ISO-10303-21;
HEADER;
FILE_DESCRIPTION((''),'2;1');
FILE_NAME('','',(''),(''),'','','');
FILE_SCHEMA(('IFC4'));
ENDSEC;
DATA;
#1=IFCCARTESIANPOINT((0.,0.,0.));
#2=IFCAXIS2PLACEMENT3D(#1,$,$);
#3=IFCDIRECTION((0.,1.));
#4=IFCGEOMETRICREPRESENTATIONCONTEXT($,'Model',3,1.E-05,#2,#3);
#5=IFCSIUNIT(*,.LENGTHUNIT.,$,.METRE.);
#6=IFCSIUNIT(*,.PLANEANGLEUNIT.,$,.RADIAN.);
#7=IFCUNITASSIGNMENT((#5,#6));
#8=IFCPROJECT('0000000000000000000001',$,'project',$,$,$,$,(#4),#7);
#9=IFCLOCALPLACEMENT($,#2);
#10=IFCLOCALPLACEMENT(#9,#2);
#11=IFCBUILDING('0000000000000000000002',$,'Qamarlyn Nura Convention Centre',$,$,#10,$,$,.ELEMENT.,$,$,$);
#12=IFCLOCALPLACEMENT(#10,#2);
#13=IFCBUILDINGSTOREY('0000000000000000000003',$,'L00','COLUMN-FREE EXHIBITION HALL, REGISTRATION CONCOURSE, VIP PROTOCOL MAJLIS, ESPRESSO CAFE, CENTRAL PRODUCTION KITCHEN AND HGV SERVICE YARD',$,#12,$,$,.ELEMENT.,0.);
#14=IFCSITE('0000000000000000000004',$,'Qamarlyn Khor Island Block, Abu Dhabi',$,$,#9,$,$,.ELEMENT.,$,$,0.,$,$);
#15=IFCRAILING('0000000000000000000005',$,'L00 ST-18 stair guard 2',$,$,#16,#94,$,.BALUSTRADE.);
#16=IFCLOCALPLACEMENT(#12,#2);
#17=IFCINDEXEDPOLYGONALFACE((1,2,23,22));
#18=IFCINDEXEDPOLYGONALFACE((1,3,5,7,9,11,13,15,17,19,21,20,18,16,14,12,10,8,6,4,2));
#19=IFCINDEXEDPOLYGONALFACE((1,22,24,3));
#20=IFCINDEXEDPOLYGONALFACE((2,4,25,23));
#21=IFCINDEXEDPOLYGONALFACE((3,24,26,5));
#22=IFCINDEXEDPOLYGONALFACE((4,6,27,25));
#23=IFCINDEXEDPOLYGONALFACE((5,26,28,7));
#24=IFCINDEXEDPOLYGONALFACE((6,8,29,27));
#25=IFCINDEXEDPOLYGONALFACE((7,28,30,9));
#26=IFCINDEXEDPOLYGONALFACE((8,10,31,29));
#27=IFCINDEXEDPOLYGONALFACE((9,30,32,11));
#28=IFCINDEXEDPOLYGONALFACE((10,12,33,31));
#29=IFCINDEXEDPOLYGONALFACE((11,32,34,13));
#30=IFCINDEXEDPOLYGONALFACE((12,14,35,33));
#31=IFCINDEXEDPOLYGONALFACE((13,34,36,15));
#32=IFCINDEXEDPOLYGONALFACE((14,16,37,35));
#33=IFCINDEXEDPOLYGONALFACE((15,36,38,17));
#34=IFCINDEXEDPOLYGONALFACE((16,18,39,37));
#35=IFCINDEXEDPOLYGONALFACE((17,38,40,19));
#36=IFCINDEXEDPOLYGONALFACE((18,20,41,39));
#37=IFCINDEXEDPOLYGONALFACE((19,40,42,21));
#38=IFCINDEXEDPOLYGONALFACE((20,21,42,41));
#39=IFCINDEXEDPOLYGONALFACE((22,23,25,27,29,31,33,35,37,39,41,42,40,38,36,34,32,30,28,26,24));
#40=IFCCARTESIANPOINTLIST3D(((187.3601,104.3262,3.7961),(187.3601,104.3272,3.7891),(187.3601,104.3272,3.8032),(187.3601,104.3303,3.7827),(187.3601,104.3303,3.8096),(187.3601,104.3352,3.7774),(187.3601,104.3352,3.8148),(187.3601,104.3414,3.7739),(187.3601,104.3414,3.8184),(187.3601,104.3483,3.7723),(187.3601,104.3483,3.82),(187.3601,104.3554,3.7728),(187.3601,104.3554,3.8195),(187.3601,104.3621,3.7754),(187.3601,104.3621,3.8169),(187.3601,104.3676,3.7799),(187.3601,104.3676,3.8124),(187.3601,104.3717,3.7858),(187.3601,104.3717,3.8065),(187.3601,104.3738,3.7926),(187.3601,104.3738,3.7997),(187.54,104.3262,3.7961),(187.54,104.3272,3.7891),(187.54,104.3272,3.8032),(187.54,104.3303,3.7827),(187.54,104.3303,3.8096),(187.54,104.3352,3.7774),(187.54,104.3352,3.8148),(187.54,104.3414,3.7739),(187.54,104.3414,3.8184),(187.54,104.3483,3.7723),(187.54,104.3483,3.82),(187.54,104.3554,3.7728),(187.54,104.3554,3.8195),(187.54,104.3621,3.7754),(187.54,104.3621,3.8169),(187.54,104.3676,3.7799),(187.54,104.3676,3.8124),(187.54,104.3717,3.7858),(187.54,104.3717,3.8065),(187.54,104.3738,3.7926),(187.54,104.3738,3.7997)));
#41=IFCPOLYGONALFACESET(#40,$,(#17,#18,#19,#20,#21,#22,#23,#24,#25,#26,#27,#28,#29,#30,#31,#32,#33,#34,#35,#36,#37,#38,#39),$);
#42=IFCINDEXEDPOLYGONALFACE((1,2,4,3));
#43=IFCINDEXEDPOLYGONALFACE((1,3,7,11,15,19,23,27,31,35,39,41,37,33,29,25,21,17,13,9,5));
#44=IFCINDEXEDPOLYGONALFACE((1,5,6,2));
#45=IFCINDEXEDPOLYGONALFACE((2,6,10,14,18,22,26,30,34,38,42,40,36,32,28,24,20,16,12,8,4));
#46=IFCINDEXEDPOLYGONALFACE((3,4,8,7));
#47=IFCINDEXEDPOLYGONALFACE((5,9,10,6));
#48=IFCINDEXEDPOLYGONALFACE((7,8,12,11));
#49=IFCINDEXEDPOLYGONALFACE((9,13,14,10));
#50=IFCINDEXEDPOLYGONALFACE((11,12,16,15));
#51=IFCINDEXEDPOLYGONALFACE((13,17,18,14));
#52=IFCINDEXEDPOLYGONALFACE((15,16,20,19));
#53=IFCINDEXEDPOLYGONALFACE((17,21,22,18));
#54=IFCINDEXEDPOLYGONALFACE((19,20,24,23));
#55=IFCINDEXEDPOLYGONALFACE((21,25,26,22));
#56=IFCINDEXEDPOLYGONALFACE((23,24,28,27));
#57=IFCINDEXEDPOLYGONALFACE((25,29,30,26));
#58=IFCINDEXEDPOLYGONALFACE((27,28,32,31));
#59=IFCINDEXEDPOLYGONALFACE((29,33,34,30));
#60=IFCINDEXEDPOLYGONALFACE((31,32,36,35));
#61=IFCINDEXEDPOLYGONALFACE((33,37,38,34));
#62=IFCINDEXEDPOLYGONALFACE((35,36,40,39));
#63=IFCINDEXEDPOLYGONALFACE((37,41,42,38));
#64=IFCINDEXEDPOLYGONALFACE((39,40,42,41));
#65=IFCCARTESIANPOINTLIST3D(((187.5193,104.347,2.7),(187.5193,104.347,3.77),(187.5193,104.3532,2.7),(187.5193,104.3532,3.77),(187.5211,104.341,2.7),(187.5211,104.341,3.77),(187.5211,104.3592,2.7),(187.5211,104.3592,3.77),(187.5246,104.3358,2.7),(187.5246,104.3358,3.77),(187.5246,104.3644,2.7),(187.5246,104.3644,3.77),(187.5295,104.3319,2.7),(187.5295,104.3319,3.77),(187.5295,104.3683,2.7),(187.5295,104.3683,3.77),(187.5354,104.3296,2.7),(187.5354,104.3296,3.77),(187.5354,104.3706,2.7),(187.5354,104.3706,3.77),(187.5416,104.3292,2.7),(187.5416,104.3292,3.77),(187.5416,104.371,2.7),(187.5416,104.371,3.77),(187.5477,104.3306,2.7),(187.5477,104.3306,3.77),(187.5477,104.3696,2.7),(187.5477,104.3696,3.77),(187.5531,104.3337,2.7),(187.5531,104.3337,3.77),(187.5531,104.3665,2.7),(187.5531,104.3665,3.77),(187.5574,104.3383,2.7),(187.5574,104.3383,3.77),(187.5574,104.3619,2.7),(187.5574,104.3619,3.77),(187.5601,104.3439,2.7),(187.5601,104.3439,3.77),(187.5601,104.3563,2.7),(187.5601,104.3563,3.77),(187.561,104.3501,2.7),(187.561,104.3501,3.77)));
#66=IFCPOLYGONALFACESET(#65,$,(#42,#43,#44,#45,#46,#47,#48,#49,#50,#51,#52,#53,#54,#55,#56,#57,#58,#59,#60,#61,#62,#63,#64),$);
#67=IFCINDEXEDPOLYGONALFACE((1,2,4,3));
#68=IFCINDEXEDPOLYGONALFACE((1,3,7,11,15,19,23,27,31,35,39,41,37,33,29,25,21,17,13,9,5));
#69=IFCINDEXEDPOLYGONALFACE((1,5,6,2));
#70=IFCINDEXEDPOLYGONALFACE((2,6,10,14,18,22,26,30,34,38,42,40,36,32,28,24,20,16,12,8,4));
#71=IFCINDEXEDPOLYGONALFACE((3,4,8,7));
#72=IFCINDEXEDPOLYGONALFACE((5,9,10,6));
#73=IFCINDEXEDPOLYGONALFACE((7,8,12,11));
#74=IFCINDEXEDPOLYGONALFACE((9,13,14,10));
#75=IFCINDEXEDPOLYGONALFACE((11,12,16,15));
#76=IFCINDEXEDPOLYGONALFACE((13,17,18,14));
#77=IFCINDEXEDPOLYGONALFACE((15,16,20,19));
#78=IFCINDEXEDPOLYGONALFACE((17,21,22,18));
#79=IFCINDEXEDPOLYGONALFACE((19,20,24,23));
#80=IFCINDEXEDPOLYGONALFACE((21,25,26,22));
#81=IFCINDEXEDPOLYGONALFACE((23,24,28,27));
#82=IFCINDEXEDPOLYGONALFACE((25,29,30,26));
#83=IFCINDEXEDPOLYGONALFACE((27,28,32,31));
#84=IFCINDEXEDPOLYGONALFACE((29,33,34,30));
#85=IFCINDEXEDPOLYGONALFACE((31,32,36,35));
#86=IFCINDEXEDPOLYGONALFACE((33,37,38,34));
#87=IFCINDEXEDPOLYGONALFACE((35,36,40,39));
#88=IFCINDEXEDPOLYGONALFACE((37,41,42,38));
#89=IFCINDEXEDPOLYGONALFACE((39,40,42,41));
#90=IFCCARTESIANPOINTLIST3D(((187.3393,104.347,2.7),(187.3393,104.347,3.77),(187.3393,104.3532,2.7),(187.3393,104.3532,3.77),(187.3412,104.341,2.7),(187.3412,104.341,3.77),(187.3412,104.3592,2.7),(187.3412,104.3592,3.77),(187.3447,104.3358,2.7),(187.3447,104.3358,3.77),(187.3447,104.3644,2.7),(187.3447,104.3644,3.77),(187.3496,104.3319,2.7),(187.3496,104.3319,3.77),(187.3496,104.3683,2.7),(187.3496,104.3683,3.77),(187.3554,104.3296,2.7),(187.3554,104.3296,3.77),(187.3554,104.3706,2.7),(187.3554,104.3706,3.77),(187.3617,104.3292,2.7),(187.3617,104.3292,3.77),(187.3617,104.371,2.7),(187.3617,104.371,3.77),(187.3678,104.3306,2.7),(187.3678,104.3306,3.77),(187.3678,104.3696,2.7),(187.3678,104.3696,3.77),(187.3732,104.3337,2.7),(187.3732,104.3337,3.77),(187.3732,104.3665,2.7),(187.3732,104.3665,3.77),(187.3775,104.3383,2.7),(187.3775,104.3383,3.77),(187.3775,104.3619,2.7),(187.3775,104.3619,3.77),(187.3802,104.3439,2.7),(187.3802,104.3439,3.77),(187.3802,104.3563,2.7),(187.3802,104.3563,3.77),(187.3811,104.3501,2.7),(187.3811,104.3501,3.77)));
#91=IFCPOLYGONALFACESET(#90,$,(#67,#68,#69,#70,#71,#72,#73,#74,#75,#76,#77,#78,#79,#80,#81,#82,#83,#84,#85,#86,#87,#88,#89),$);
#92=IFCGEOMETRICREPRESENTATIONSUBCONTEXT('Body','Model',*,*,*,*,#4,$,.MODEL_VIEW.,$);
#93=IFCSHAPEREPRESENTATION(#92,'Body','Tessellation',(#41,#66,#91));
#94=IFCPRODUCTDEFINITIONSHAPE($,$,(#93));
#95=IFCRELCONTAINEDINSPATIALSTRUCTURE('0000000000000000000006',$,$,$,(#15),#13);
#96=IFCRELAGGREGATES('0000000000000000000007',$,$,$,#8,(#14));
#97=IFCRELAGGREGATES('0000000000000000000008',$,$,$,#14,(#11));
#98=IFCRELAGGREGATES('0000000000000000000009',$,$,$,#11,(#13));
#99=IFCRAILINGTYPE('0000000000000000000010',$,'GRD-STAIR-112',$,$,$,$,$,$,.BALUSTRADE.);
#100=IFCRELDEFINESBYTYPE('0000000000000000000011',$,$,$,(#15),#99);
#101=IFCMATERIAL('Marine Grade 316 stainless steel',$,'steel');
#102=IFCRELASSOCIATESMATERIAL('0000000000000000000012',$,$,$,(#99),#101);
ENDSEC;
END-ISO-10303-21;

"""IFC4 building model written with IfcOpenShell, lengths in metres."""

from ifc_helpers import new_model, si_unit, direction, frame, origin, origin_2d, place, context, subcontext, project, spatial, circle, extrude, material, type_object, element, save


model = new_model("IFC4")

# Units and contexts
model_context = context("Model", 3, precision=1e-05, world=origin(), true_north=direction((0.0, 1.0)))
body_context = subcontext(model_context, "Body", "Model", "MODEL_VIEW")
ifc_project = project(units=[si_unit("LENGTHUNIT", "METRE"), si_unit("PLANEANGLEUNIT", "RADIAN")], contexts=[model_context])

# Site, building, storey
site_placement = place(None, origin())
site = spatial("IfcSite", under=ifc_project, at=site_placement, Name="Qamarlyn Khor Island Block, Abu Dhabi", CompositionType="ELEMENT", RefElevation=0.0)
building_placement = place(site_placement, origin())
building = spatial("IfcBuilding", under=site, at=building_placement, Name="Qamarlyn Nura Convention Centre", CompositionType="ELEMENT")
storey_placement = place(building_placement, origin())
storey = spatial("IfcBuildingStorey", under=building, at=storey_placement, Name="L00", Description="COLUMN-FREE EXHIBITION HALL, REGISTRATION CONCOURSE, VIP PROTOCOL MAJLIS, ESPRESSO CAFE, CENTRAL PRODUCTION KITCHEN AND HGV SERVICE YARD", CompositionType="ELEMENT", Elevation=0.0)

# Railing
ifc_material_1 = material(Name="Marine Grade 316 stainless steel", Category="steel")
railing_type_1 = type_object("IfcRailingType", Name="GRD-STAIR-112", PredefinedType="BALUSTRADE", material=ifc_material_1)
railing_1_placement = place(storey_placement, frame((187.54, 104.3501, 2.7)))
element("IfcRailing", 1, at=railing_1_placement, inside=storey, type_object=railing_type_1, Name="L00 ST-18 stair guard 2", PredefinedType="BALUSTRADE", context=body_context, shape_type="SweptSolid", body=[
    extrude(circle(Radius=0.0239, at=origin_2d()), frame((0.0, 0.0, 1.0962), z_axis=(-1.0, 0.0, 0.0), x_axis=(0.0, -1.0, 0.0)), (0.0, 0.0, 1.0), 0.1799),
    extrude(circle(Radius=0.021, at=origin_2d()), origin(), (0.0, 0.0, 1.0), 1.0701),
    extrude(circle(Radius=0.021, at=origin_2d()), frame((-0.1799, 0.0, 0.0)), (0.0, 0.0, 1.0), 1.0701),
])

save(model, "model.ifc")
